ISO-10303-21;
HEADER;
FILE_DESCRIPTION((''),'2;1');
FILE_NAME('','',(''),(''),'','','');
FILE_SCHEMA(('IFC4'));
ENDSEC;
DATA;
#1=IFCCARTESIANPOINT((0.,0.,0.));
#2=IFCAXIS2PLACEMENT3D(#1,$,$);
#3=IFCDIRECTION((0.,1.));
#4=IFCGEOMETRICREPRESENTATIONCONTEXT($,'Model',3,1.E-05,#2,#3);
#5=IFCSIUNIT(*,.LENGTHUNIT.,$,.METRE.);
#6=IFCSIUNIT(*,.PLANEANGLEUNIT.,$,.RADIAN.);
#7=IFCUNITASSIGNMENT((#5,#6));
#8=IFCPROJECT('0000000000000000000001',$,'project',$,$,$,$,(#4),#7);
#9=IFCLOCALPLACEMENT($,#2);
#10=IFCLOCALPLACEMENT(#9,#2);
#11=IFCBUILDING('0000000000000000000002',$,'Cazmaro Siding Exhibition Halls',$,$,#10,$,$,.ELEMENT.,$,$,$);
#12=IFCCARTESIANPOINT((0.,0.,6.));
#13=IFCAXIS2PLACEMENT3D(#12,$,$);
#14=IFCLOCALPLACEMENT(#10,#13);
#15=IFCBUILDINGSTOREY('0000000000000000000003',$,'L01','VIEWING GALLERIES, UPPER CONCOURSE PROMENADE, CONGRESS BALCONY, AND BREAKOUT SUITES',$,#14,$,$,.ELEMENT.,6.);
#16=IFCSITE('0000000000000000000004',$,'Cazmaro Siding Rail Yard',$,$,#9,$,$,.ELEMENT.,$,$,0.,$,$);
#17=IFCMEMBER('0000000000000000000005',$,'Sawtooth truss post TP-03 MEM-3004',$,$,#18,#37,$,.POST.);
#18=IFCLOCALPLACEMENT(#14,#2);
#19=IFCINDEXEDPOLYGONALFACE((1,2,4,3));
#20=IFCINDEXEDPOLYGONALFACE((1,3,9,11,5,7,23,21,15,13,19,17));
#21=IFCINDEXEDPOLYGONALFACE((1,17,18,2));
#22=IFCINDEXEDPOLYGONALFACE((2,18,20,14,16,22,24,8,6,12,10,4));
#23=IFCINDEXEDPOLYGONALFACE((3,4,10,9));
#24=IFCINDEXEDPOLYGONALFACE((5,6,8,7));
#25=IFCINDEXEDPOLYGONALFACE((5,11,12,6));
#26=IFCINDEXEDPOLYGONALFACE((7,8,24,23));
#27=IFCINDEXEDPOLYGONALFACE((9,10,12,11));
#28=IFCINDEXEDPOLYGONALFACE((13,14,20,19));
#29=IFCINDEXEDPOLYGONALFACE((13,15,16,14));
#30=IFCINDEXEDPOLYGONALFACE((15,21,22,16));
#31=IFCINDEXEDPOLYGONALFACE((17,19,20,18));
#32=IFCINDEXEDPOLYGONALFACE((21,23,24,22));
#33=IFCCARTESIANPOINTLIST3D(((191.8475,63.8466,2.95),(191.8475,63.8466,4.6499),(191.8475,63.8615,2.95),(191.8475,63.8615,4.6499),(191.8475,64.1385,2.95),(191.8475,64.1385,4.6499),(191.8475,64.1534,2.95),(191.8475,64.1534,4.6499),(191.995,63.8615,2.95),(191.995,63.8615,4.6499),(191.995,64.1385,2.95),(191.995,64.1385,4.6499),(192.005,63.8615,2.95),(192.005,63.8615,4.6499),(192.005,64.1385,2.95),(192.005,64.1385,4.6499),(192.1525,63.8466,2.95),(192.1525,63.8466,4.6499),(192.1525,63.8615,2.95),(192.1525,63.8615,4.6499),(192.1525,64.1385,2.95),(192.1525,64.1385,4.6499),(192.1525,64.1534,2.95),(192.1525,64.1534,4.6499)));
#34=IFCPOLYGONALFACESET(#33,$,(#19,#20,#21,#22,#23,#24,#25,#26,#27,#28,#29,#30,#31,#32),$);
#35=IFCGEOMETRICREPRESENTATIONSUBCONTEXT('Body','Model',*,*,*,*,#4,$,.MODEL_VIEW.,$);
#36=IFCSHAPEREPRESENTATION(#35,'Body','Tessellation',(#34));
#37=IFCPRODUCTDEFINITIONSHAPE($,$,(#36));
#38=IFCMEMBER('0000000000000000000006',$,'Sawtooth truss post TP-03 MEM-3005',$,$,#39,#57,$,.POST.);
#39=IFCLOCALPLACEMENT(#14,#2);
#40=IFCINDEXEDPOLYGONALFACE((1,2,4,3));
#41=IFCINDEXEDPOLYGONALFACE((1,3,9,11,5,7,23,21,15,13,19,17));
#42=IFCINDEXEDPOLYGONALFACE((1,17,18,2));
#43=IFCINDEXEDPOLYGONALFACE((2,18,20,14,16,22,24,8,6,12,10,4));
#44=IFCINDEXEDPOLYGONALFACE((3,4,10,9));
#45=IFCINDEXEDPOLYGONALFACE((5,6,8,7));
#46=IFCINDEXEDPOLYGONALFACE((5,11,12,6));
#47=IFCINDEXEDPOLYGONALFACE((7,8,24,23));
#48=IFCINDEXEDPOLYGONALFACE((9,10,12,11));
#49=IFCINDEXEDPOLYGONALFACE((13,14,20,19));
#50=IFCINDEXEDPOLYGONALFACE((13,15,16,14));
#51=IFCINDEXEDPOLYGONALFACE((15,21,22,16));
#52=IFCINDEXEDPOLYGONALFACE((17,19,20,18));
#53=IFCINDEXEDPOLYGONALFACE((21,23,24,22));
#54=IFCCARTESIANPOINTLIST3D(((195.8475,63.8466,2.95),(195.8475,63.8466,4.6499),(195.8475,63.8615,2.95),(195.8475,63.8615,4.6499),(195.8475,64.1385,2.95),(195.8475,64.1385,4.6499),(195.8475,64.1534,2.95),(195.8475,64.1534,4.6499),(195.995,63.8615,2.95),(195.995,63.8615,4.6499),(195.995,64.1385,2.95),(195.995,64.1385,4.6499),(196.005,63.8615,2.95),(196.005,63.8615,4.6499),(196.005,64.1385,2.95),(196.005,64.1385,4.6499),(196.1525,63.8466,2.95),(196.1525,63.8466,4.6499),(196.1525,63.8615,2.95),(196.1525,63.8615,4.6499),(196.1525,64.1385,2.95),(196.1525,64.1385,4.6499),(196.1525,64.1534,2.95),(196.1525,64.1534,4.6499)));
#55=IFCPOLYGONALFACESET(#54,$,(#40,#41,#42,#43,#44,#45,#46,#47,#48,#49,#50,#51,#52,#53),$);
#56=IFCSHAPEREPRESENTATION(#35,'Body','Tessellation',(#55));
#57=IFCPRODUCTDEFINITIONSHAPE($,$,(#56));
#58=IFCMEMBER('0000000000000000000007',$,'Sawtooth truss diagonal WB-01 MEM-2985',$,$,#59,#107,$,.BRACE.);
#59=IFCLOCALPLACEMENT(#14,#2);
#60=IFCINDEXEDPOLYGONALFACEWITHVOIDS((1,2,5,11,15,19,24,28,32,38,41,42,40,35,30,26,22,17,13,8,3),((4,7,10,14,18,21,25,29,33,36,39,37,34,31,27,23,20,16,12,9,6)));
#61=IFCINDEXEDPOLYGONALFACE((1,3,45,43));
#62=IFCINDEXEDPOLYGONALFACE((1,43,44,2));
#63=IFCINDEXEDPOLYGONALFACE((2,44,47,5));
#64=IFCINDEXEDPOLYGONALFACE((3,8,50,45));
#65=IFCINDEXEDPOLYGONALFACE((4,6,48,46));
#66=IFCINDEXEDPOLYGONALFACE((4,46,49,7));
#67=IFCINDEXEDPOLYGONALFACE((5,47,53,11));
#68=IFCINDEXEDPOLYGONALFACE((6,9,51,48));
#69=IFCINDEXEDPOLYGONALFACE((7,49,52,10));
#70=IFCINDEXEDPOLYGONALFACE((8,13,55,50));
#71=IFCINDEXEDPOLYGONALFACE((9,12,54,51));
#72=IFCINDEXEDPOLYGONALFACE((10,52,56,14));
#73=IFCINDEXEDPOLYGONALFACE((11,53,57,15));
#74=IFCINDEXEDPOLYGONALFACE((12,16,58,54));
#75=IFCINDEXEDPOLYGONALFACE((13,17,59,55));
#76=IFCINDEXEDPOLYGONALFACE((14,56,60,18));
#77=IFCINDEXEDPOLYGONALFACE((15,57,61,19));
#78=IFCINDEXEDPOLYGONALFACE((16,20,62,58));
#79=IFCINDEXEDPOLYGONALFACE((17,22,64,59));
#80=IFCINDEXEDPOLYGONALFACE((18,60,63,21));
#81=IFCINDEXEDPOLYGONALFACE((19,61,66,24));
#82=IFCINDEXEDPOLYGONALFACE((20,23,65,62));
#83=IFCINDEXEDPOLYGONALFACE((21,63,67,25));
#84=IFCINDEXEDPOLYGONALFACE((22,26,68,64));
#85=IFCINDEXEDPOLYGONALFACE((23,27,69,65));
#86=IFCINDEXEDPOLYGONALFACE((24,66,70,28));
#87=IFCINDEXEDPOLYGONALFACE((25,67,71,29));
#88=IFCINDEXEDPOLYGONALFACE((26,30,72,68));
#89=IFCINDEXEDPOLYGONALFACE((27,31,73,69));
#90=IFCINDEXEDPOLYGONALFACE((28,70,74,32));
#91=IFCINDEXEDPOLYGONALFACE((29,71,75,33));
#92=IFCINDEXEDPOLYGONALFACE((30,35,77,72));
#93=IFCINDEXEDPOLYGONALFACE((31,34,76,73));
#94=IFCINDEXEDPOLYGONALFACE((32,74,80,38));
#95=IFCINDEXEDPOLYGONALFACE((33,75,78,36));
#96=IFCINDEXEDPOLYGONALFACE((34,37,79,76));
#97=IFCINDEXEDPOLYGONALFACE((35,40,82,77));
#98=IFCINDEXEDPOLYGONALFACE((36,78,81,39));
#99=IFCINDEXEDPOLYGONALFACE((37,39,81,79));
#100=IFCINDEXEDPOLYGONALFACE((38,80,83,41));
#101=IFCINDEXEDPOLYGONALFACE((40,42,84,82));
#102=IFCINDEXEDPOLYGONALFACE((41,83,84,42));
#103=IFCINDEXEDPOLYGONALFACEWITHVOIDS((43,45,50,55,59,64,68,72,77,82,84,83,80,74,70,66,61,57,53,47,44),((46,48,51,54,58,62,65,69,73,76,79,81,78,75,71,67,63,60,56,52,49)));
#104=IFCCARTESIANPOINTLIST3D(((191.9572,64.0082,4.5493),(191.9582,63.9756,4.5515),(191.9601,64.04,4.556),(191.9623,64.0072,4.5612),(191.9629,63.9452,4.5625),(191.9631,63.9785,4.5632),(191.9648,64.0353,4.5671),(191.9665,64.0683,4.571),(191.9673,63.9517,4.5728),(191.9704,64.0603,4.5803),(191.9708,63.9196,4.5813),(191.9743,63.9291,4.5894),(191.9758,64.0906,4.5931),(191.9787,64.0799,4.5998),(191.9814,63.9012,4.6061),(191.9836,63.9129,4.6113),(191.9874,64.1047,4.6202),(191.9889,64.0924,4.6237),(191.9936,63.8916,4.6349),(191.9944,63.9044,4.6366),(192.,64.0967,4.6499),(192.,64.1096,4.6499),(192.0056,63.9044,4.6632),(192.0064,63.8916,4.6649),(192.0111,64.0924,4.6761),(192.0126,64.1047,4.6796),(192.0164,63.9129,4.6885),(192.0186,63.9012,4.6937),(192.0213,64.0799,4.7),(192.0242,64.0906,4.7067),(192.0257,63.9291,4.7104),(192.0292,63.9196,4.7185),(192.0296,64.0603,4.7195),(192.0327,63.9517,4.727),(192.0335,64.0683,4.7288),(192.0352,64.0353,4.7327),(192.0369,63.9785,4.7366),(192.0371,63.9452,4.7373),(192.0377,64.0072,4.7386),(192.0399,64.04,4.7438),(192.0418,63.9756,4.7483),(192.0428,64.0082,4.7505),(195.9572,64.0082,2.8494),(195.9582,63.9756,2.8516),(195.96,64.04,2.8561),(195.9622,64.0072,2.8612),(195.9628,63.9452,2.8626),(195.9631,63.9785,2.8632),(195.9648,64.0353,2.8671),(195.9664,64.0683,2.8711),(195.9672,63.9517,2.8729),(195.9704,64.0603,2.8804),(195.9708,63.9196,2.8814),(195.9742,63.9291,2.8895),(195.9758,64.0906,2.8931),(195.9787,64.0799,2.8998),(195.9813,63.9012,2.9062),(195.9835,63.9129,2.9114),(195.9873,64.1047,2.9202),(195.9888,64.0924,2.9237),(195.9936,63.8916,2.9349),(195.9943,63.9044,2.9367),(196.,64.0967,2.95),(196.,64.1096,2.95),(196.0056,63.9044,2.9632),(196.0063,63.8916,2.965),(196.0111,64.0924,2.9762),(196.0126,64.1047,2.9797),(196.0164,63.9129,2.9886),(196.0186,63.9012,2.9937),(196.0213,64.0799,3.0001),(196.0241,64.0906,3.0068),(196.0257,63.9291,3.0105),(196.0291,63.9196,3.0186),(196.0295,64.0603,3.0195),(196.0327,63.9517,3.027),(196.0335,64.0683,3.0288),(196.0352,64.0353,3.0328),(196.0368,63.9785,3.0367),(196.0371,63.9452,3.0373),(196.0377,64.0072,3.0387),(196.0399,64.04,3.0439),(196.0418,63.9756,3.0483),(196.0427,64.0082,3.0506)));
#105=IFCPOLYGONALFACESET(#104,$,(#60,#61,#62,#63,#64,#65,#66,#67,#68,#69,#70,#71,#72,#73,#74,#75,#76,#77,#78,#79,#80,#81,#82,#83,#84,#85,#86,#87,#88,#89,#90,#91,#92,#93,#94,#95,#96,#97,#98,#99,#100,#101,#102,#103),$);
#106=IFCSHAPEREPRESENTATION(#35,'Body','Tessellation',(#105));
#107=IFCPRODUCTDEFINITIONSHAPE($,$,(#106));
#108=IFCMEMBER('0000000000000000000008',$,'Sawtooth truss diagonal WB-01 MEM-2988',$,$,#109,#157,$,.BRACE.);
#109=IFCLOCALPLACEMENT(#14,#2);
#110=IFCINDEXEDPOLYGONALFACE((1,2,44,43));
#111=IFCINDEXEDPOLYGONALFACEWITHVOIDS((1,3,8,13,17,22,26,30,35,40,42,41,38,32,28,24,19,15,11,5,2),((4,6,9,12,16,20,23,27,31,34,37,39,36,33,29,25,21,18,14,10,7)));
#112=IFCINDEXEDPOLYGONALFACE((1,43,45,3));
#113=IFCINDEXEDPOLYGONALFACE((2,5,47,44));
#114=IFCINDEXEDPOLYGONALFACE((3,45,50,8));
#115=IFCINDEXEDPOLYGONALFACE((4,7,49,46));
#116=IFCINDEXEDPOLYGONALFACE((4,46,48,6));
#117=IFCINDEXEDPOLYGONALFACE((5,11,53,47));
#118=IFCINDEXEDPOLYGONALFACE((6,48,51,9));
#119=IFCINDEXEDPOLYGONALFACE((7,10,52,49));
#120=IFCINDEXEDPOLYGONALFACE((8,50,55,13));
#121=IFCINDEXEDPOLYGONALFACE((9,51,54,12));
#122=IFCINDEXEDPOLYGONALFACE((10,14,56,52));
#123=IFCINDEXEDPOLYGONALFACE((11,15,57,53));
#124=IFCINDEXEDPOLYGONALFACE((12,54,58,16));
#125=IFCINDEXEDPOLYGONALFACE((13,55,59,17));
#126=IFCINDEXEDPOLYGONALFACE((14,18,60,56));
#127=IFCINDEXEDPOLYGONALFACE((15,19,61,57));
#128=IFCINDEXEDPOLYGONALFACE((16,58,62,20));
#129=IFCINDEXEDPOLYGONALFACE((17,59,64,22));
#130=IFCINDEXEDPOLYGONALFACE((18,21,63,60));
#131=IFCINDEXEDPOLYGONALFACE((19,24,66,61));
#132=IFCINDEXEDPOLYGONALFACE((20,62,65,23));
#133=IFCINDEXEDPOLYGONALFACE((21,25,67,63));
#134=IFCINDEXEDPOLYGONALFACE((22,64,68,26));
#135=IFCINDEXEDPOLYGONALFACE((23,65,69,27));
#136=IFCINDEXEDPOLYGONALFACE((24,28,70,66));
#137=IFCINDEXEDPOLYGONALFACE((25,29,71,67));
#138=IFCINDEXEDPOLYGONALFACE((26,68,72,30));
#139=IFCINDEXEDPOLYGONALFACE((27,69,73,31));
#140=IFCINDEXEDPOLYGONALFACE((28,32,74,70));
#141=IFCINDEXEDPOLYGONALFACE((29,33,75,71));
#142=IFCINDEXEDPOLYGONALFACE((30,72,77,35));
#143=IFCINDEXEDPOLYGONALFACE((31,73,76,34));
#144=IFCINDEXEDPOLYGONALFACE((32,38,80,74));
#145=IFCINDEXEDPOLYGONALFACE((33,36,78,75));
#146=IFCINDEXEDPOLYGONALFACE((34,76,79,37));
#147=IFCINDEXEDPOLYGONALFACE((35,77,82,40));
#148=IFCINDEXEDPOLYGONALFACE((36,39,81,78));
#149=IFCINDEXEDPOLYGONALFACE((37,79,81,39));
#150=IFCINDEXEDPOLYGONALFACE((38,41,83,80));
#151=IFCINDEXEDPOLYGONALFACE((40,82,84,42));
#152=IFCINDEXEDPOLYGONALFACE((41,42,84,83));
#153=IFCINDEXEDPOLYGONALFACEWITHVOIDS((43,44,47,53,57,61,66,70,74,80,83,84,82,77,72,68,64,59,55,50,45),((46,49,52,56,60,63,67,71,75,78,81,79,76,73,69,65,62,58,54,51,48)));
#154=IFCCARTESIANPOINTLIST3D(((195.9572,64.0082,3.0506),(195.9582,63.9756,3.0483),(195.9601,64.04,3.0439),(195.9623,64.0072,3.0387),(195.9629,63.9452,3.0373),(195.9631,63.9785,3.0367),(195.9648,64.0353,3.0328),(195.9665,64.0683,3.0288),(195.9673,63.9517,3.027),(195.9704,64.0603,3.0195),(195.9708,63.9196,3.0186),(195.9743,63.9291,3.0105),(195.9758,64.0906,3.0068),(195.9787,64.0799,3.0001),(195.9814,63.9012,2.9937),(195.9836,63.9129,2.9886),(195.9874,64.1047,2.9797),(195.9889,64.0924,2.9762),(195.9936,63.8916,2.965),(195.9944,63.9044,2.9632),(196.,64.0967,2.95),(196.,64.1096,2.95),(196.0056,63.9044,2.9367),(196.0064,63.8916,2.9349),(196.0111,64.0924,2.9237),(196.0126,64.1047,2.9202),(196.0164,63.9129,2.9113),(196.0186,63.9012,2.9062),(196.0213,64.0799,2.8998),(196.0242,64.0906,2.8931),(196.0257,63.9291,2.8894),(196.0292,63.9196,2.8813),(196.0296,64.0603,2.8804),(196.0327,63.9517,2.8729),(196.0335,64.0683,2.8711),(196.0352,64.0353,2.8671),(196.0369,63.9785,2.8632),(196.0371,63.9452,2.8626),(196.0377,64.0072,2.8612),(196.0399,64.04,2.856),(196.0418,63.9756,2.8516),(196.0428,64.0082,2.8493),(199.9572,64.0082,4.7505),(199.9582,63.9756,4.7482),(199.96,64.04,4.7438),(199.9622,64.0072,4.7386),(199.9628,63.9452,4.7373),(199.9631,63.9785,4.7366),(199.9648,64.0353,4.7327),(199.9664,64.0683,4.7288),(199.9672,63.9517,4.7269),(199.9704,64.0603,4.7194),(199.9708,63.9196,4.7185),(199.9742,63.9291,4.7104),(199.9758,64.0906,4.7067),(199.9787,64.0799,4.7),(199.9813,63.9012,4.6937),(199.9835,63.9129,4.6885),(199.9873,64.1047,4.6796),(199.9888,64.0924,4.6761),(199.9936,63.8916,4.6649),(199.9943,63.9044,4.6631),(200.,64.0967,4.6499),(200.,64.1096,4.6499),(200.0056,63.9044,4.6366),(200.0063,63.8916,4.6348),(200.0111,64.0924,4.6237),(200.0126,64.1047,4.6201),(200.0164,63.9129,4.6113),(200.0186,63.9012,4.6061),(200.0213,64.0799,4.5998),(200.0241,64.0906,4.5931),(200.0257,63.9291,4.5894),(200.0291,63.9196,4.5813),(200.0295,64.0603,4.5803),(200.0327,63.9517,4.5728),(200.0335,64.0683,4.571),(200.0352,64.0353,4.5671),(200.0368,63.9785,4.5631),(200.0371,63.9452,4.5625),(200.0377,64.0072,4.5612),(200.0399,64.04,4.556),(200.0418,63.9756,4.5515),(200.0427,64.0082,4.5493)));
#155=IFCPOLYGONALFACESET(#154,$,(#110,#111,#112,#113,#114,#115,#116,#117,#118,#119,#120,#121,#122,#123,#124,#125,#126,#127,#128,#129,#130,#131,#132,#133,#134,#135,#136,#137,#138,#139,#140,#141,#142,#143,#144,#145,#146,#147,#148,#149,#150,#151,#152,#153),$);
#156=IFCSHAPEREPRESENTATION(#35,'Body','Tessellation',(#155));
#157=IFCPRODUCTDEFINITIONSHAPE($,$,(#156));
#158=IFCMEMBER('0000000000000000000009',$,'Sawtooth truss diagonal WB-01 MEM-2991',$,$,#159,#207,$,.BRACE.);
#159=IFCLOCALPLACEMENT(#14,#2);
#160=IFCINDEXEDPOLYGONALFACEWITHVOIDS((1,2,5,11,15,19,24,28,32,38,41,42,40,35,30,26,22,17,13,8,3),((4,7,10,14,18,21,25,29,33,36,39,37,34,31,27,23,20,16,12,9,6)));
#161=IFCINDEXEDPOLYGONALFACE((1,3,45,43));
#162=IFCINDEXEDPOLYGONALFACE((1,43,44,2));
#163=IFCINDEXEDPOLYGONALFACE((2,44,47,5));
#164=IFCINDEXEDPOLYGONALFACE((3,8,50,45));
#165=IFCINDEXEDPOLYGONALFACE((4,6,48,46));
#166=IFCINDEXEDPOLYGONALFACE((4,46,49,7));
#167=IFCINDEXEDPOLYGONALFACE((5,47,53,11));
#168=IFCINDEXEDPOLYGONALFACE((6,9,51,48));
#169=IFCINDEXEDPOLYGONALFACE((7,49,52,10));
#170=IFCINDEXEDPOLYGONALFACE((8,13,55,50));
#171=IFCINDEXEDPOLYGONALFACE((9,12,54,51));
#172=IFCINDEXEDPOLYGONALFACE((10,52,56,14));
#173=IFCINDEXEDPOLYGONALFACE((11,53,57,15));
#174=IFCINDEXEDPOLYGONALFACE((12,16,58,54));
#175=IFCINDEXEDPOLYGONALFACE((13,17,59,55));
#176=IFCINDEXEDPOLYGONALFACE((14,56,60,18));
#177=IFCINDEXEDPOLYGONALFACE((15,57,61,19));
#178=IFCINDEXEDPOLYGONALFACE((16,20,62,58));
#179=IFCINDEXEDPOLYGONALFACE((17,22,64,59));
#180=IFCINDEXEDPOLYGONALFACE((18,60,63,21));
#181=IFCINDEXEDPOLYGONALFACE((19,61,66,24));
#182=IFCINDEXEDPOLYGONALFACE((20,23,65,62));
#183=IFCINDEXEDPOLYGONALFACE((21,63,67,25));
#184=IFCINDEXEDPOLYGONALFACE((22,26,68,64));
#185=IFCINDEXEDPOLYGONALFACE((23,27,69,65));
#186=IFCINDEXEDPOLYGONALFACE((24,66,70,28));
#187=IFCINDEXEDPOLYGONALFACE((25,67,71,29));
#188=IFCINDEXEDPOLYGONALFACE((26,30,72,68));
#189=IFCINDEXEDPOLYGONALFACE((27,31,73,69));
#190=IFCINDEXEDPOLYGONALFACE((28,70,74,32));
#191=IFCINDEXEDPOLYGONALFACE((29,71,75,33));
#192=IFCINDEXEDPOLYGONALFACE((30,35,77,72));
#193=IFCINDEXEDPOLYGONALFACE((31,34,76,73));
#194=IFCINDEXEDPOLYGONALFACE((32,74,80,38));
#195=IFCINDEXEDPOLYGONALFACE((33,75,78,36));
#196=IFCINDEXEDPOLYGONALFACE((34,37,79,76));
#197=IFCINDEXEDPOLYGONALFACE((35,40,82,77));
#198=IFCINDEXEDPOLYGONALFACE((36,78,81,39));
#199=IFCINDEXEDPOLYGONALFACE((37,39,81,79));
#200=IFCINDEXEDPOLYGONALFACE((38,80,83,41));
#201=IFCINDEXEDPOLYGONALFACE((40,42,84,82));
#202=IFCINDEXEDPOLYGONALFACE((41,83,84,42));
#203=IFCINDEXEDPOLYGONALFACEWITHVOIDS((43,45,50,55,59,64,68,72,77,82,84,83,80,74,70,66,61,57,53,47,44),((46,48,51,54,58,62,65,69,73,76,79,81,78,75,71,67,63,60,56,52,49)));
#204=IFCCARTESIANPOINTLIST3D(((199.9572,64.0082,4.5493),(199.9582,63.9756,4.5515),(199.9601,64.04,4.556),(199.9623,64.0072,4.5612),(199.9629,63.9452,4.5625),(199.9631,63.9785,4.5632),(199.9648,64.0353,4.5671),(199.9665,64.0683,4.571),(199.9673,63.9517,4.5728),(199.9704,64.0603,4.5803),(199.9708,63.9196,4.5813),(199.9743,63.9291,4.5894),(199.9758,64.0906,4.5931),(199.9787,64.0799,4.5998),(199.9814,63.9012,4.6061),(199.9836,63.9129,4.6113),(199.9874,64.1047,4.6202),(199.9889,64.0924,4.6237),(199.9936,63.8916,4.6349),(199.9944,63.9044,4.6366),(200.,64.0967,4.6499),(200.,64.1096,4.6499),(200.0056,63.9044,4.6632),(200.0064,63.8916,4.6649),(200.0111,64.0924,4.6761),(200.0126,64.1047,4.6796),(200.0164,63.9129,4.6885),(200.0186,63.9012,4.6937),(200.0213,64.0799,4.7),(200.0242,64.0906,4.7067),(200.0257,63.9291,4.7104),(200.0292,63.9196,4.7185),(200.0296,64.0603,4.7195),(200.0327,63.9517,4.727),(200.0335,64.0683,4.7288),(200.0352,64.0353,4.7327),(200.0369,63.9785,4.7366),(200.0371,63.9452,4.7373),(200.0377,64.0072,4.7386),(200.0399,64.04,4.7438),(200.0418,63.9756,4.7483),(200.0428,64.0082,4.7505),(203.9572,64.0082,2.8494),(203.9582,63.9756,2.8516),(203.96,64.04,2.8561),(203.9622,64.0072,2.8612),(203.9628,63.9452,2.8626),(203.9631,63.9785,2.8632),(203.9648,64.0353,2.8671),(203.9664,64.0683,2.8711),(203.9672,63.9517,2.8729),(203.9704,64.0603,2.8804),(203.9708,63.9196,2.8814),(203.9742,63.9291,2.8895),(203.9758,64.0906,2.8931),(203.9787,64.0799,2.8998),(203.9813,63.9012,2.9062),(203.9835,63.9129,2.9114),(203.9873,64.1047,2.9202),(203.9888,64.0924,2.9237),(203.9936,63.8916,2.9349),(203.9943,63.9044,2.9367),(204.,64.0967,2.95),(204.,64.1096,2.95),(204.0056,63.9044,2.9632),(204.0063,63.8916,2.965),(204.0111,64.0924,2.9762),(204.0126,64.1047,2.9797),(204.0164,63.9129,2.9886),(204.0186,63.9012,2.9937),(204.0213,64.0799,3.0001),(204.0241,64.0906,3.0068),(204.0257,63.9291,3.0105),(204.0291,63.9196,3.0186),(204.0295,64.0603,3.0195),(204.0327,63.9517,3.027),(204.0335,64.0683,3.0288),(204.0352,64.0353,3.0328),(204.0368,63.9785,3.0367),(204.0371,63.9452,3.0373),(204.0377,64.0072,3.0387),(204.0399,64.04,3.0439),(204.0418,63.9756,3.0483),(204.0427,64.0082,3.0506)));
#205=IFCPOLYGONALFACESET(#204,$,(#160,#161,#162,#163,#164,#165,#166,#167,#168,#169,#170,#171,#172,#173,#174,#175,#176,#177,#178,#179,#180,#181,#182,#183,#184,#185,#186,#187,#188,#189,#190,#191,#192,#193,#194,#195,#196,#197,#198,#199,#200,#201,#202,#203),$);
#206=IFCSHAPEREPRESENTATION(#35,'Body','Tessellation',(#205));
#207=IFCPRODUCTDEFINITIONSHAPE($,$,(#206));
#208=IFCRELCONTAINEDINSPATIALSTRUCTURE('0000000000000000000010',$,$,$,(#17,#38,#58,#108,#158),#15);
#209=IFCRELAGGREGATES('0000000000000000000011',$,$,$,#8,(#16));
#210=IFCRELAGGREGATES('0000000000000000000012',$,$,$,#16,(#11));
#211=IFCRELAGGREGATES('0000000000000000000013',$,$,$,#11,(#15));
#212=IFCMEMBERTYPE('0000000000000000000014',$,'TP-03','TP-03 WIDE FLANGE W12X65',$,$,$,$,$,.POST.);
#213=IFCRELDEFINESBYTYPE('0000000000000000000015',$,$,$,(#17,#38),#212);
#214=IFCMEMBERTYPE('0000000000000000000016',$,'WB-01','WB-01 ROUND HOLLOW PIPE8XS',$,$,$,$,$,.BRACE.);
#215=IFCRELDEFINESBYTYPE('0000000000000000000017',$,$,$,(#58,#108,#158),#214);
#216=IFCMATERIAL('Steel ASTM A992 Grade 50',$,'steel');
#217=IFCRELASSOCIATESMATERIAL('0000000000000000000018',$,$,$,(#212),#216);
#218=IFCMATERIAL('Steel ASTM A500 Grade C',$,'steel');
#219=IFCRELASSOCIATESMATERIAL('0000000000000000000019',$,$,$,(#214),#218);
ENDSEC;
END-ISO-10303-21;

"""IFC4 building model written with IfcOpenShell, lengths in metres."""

from ifc_helpers import new_model, si_unit, direction, frame, origin, origin_2d, place, context, subcontext, project, spatial, hollow_circle, i_section, extrude, material, material_profile, profile_set, type_object, element, save


model = new_model("IFC4")

# Units and contexts
model_context = context("Model", 3, precision=1e-05, world=origin(), true_north=direction((0.0, 1.0)))
body_context = subcontext(model_context, "Body", "Model", "MODEL_VIEW")
ifc_project = project(units=[si_unit("LENGTHUNIT", "METRE"), si_unit("PLANEANGLEUNIT", "RADIAN")], contexts=[model_context])

# Site, building, storey
site_placement = place(None, origin())
site = spatial("IfcSite", under=ifc_project, at=site_placement, Name="Cazmaro Siding Rail Yard", CompositionType="ELEMENT", RefElevation=0.0)
building_placement = place(site_placement, origin())
building = spatial("IfcBuilding", under=site, at=building_placement, Name="Cazmaro Siding Exhibition Halls", CompositionType="ELEMENT")
storey_placement = place(building_placement, frame((0.0, 0.0, 6.0)))
storey = spatial("IfcBuildingStorey", under=building, at=storey_placement, Name="L01", Description="VIEWING GALLERIES, UPPER CONCOURSE PROMENADE, CONGRESS BALCONY, AND BREAKOUT SUITES", CompositionType="ELEMENT", Elevation=6.0)

# Members
ifc_material_1 = material(Name="Steel ASTM A992 Grade 50", Category="steel")
ifc_material_profile_1 = material_profile(ifc_material_1, i_section(OverallWidth=0.3049, OverallDepth=0.3069, WebThickness=0.01, FlangeThickness=0.0149, at=origin_2d()), Name="W12X65")
ifc_profile_set_1 = profile_set([ifc_material_profile_1], Name="Steel ASTM A992 Grade 50")
member_type_1 = type_object("IfcMemberType", Name="TP-03", Description="TP-03 WIDE FLANGE W12X65", PredefinedType="POST", material=ifc_profile_set_1)
for number, where, z_axis, x_axis, name in (
    (1, (192.0, 64.0, 2.95), (0.0, 0.0, 1.0), (1.0, 0.0, 0.0), "Sawtooth truss post TP-03 MEM-3004"),
    (2, (196.0, 64.0, 2.95), (0.0, 0.0, 1.0), (1.0, 0.0, 0.0), "Sawtooth truss post TP-03 MEM-3005"),
):
    element("IfcMember", number, at=place(storey_placement, frame(where, z_axis=z_axis, x_axis=x_axis)), inside=storey, type_object=member_type_1, Name=name, PredefinedType="POST", context=body_context, shape_type="SweptSolid", body=[
        extrude(i_section(OverallWidth=0.3049, OverallDepth=0.3069, WebThickness=0.01, FlangeThickness=0.0149, at=origin_2d()), origin(), (0.0, 0.0, 1.0), 1.7),
    ])
ifc_material_2 = material(Name="Steel ASTM A500 Grade C", Category="steel")
ifc_material_profile_2 = material_profile(ifc_material_2, hollow_circle(Radius=0.1096, WallThickness=0.0129, at=origin_2d()), Name="PIPE8XS")
ifc_profile_set_2 = profile_set([ifc_material_profile_2], Name="Steel ASTM A500 Grade C")
member_type_2 = type_object("IfcMemberType", Name="WB-01", Description="WB-01 ROUND HOLLOW PIPE8XS", PredefinedType="BRACE", material=ifc_profile_set_2)
for number, where, z_axis, x_axis, name in (
    (3, (192.0, 64.0, 4.6499), (0.920335, 0.0, -0.391131), (0.0, 1.0, 0.0), "Sawtooth truss diagonal WB-01 MEM-2985"),
    (4, (196.0, 64.0, 2.95), (0.920335, 0.0, 0.391131), (0.0, 1.0, 0.0), "Sawtooth truss diagonal WB-01 MEM-2988"),
    (5, (200.0, 64.0, 4.6499), (0.920335, 0.0, -0.391131), (0.0, 1.0, 0.0), "Sawtooth truss diagonal WB-01 MEM-2991"),
):
    element("IfcMember", number, at=place(storey_placement, frame(where, z_axis=z_axis, x_axis=x_axis)), inside=storey, type_object=member_type_2, Name=name, PredefinedType="BRACE", context=body_context, shape_type="SweptSolid", body=[
        extrude(hollow_circle(Radius=0.1096, WallThickness=0.0129, at=origin_2d()), origin(), (0.0, 0.0, 1.0), 4.3462),
    ])

save(model, "model.ifc")
